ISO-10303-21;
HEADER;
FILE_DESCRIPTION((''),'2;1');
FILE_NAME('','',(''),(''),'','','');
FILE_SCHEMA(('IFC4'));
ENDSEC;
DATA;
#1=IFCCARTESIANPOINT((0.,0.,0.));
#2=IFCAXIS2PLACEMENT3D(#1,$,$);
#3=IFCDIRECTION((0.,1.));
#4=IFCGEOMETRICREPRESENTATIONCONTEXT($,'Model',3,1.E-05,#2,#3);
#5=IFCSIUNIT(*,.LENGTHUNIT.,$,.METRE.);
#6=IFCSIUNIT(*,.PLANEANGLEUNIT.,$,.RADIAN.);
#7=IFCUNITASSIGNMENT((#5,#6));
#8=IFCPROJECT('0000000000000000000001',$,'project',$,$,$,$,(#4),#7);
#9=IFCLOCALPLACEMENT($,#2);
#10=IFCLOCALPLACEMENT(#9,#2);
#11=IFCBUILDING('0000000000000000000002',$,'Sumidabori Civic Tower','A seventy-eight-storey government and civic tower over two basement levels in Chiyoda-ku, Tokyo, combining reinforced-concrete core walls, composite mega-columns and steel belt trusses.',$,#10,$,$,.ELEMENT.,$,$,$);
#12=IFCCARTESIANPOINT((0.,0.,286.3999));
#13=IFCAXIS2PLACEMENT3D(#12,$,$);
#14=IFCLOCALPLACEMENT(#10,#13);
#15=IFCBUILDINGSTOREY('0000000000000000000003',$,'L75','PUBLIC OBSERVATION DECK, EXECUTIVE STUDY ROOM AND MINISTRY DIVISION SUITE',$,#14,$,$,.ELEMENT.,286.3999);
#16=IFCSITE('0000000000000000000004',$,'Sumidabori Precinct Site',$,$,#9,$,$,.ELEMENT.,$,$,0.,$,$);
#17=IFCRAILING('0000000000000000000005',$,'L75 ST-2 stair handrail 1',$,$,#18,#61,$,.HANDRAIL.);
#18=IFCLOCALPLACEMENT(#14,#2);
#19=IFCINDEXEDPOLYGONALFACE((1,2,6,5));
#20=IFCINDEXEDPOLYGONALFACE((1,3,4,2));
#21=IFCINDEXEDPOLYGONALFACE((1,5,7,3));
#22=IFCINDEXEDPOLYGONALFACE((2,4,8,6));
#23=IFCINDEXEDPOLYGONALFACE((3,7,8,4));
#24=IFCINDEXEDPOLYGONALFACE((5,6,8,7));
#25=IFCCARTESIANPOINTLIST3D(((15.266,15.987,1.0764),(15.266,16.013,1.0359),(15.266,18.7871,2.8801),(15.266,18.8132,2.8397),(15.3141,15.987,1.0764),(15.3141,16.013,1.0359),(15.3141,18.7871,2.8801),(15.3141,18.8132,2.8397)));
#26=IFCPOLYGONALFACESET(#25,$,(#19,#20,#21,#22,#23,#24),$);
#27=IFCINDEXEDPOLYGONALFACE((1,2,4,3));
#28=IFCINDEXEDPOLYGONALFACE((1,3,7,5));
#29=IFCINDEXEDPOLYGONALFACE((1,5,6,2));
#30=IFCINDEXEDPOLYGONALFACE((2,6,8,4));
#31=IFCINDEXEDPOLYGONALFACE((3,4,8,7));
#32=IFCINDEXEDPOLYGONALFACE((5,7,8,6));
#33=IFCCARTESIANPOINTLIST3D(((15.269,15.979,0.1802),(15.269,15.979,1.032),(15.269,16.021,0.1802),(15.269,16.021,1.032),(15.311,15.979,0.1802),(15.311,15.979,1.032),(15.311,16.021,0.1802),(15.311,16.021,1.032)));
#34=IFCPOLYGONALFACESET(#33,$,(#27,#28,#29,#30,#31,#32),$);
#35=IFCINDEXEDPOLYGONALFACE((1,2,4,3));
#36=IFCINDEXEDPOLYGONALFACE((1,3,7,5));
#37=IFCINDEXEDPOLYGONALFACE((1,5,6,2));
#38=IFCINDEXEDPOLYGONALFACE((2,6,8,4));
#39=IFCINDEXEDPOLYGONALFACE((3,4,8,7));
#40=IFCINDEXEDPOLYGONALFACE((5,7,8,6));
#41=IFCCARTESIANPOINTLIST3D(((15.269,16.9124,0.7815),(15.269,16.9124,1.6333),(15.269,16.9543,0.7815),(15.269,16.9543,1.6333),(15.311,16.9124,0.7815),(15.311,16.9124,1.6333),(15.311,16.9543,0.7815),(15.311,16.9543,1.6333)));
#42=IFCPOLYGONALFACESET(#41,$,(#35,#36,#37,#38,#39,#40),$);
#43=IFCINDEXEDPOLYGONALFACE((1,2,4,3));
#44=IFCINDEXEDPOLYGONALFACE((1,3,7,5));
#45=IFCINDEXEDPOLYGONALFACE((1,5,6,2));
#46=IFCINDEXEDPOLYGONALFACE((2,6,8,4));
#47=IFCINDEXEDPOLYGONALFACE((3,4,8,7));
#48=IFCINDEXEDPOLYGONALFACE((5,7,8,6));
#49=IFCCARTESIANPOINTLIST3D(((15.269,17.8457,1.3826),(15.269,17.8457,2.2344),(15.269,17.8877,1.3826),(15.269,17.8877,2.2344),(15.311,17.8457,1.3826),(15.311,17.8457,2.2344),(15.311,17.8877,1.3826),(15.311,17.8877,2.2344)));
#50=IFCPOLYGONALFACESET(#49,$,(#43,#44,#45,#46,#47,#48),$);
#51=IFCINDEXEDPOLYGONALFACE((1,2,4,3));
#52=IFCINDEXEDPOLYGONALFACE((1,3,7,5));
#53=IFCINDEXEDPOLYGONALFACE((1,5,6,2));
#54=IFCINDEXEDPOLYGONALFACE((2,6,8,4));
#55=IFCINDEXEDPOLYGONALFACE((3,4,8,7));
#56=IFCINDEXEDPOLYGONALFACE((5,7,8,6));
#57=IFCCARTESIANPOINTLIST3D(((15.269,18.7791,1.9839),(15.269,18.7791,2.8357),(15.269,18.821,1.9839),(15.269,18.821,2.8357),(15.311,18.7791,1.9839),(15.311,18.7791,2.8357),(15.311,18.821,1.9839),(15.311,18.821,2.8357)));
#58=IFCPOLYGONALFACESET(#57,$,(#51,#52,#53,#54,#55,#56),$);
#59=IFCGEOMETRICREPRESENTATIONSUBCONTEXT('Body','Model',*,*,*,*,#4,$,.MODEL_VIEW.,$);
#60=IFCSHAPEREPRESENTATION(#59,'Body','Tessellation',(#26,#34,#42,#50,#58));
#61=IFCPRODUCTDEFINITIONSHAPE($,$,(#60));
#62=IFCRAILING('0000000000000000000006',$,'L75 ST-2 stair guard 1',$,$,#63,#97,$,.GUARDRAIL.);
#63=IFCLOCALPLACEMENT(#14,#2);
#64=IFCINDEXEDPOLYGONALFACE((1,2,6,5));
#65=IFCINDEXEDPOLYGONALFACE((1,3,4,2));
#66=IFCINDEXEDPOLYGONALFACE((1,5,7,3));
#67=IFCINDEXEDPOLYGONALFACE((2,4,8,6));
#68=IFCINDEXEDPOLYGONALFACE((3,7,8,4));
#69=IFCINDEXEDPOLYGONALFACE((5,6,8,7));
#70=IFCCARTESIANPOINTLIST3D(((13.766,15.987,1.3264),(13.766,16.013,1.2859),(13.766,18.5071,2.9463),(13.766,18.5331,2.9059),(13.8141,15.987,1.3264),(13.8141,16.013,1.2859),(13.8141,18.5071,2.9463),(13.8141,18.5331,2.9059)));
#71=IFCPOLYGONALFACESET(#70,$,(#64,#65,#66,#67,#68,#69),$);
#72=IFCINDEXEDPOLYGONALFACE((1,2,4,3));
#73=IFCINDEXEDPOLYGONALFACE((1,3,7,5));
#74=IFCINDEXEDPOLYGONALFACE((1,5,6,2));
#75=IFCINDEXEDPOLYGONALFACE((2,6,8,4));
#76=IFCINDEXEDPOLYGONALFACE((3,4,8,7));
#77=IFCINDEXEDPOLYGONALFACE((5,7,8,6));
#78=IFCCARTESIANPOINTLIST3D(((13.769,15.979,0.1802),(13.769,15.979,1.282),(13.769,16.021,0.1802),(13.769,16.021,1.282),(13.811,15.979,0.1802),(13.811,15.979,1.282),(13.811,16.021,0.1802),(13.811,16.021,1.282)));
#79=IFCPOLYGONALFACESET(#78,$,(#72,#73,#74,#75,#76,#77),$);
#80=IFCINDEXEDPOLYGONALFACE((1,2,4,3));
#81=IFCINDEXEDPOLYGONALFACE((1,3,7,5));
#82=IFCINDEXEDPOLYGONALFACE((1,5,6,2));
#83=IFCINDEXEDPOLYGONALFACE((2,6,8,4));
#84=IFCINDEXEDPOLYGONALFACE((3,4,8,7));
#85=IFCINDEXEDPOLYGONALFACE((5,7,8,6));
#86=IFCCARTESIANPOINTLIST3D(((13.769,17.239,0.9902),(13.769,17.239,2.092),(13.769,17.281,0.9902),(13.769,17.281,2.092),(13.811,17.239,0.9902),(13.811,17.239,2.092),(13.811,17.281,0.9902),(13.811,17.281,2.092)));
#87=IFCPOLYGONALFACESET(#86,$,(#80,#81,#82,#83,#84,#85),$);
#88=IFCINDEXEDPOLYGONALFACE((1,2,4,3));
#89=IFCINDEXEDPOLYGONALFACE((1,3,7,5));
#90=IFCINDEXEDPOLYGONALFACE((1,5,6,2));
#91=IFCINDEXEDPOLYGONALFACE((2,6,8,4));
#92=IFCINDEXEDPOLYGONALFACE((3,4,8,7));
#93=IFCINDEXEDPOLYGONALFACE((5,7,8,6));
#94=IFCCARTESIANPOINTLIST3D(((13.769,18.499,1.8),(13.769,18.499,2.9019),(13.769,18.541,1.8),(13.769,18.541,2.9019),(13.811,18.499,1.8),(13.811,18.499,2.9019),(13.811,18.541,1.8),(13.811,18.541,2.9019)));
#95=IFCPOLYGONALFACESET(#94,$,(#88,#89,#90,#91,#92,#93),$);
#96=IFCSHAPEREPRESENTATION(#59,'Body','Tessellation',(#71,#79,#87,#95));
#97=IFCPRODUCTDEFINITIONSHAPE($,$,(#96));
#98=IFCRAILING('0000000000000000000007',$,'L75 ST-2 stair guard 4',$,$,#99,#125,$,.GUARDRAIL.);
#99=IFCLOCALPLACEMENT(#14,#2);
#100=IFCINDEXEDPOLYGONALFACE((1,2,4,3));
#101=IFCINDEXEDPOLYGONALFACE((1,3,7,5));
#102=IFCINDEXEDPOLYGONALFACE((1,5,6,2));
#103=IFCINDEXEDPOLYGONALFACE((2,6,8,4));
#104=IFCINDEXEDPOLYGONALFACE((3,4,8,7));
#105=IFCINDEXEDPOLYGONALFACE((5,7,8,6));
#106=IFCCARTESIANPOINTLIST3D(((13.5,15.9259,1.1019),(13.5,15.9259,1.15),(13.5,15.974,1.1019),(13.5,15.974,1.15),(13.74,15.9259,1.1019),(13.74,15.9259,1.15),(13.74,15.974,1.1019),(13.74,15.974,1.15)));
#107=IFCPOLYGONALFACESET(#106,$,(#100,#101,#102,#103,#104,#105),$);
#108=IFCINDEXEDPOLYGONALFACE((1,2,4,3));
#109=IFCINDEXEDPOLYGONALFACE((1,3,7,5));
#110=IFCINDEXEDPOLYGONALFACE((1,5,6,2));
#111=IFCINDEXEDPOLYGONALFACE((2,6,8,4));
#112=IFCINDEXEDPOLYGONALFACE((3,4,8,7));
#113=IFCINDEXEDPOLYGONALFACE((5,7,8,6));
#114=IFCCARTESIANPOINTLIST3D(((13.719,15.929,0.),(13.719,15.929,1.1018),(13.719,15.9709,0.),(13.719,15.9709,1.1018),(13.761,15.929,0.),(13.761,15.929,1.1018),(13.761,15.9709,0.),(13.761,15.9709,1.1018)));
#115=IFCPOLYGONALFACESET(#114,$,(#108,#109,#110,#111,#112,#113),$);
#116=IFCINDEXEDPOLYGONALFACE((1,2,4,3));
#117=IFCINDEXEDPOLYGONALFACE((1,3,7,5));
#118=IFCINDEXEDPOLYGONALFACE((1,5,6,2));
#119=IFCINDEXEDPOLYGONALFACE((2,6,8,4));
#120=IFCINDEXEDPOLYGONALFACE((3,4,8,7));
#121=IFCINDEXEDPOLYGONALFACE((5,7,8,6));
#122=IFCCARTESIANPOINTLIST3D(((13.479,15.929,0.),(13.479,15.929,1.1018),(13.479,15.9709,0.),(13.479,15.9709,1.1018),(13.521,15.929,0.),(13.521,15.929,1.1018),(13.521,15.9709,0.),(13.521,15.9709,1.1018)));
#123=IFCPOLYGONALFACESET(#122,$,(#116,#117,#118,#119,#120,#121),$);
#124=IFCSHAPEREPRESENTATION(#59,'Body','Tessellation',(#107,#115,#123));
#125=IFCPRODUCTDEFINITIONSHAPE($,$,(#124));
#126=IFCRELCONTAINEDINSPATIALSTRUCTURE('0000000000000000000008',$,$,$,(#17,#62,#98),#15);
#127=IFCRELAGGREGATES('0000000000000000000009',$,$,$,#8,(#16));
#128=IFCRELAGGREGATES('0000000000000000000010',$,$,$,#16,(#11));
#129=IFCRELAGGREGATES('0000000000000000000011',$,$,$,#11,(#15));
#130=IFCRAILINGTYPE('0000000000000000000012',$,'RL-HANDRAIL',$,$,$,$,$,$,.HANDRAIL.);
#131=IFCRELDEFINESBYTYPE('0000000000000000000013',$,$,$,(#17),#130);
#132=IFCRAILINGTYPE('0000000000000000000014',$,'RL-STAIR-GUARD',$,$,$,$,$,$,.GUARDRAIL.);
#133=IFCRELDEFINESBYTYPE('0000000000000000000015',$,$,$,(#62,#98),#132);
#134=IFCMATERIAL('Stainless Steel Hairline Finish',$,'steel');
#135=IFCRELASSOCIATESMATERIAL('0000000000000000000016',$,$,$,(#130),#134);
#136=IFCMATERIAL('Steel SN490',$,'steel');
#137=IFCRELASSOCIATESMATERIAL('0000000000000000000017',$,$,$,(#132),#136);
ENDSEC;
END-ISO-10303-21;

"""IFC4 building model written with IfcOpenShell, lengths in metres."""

from ifc_helpers import new_model, si_unit, direction, frame, origin, origin_2d, place, context, subcontext, project, spatial, rectangle, extrude, material, type_object, element, save


model = new_model("IFC4")

# Units and contexts
model_context = context("Model", 3, precision=1e-05, world=origin(), true_north=direction((0.0, 1.0)))
body_context = subcontext(model_context, "Body", "Model", "MODEL_VIEW")
ifc_project = project(units=[si_unit("LENGTHUNIT", "METRE"), si_unit("PLANEANGLEUNIT", "RADIAN")], contexts=[model_context])

# Site, building, storey
site_placement = place(None, origin())
site = spatial("IfcSite", under=ifc_project, at=site_placement, Name="Sumidabori Precinct Site", CompositionType="ELEMENT", RefElevation=0.0)
building_placement = place(site_placement, origin())
building = spatial("IfcBuilding", under=site, at=building_placement, Name="Sumidabori Civic Tower", Description="A seventy-eight-storey government and civic tower over two basement levels in Chiyoda-ku, Tokyo, combining reinforced-concrete core walls, composite mega-columns and steel belt trusses.", CompositionType="ELEMENT")
storey_placement = place(building_placement, frame((0.0, 0.0, 286.3999)))
storey = spatial("IfcBuildingStorey", under=building, at=storey_placement, Name="L75", Description="PUBLIC OBSERVATION DECK, EXECUTIVE STUDY ROOM AND MINISTRY DIVISION SUITE", CompositionType="ELEMENT", Elevation=286.3999)

# Shared definitions
ifc_material_1 = material(Name="Steel SN490", Category="steel")

# Shared definitions
ifc_material_2 = material(Name="Stainless Steel Hairline Finish", Category="steel")

# Railings
railing_type_1 = type_object("IfcRailingType", Name="RL-HANDRAIL", PredefinedType="HANDRAIL", material=ifc_material_2)
railing_1_placement = place(storey_placement, frame((15.29, 16.0, 0.1802)))
element("IfcRailing", 1, at=railing_1_placement, inside=storey, type_object=railing_type_1, Name="L75 ST-2 stair handrail 1", PredefinedType="HANDRAIL", context=body_context, shape_type="SweptSolid", body=[
    extrude(rectangle(XDim=0.0481, YDim=0.0481, at=origin_2d()), frame((0.0, 0.0, 0.876), z_axis=(0.0, 0.840676, 0.541539), x_axis=(-1.0, 0.0, 0.0)), (0.0, 0.0, 1.0), 3.3308),
    extrude(rectangle(XDim=0.042, YDim=0.042, at=origin_2d()), origin(), (0.0, 0.0, 1.0), 0.8518),
    extrude(rectangle(XDim=0.042, YDim=0.042, at=origin_2d()), frame((0.0, 0.9333, 0.6013)), (0.0, 0.0, 1.0), 0.8518),
    extrude(rectangle(XDim=0.042, YDim=0.042, at=origin_2d()), frame((0.0, 1.8667, 1.2024)), (0.0, 0.0, 1.0), 0.8518),
    extrude(rectangle(XDim=0.042, YDim=0.042, at=origin_2d()), frame((0.0, 2.8, 1.8037)), (0.0, 0.0, 1.0), 0.8518),
])
railing_type_2 = type_object("IfcRailingType", Name="RL-STAIR-GUARD", PredefinedType="GUARDRAIL", material=ifc_material_1)
railing_2_placement = place(storey_placement, frame((13.79, 16.0, 0.1802)))
element("IfcRailing", 2, at=railing_2_placement, inside=storey, type_object=railing_type_2, Name="L75 ST-2 stair guard 1", PredefinedType="GUARDRAIL", context=body_context, shape_type="SweptSolid", body=[
    extrude(rectangle(XDim=0.0481, YDim=0.0481, at=origin_2d()), frame((0.0, 0.0, 1.126), z_axis=(0.0, 0.8412, 0.540725), x_axis=(-1.0, 0.0, 0.0)), (0.0, 0.0, 1.0), 2.9958),
    extrude(rectangle(XDim=0.042, YDim=0.042, at=origin_2d()), origin(), (0.0, 0.0, 1.0), 1.1018),
    extrude(rectangle(XDim=0.042, YDim=0.042, at=origin_2d()), frame((0.0, 1.26, 0.8101)), (0.0, 0.0, 1.0), 1.1018),
    extrude(rectangle(XDim=0.042, YDim=0.042, at=origin_2d()), frame((0.0, 2.52, 1.6199)), (0.0, 0.0, 1.0), 1.1018),
])
railing_3_placement = place(storey_placement, frame((13.74, 15.95, 0.0)))
element("IfcRailing", 3, at=railing_3_placement, inside=storey, type_object=railing_type_2, Name="L75 ST-2 stair guard 4", PredefinedType="GUARDRAIL", context=body_context, shape_type="SweptSolid", body=[
    extrude(rectangle(XDim=0.0481, YDim=0.0481, at=origin_2d()), frame((0.0, 0.0, 1.126), z_axis=(-1.0, 0.0, 0.0), x_axis=(0.0, -1.0, 0.0)), (0.0, 0.0, 1.0), 0.24),
    extrude(rectangle(XDim=0.042, YDim=0.042, at=origin_2d()), origin(), (0.0, 0.0, 1.0), 1.1018),
    extrude(rectangle(XDim=0.042, YDim=0.042, at=origin_2d()), frame((-0.24, 0.0, 0.0)), (0.0, 0.0, 1.0), 1.1018),
])

save(model, "model.ifc")
